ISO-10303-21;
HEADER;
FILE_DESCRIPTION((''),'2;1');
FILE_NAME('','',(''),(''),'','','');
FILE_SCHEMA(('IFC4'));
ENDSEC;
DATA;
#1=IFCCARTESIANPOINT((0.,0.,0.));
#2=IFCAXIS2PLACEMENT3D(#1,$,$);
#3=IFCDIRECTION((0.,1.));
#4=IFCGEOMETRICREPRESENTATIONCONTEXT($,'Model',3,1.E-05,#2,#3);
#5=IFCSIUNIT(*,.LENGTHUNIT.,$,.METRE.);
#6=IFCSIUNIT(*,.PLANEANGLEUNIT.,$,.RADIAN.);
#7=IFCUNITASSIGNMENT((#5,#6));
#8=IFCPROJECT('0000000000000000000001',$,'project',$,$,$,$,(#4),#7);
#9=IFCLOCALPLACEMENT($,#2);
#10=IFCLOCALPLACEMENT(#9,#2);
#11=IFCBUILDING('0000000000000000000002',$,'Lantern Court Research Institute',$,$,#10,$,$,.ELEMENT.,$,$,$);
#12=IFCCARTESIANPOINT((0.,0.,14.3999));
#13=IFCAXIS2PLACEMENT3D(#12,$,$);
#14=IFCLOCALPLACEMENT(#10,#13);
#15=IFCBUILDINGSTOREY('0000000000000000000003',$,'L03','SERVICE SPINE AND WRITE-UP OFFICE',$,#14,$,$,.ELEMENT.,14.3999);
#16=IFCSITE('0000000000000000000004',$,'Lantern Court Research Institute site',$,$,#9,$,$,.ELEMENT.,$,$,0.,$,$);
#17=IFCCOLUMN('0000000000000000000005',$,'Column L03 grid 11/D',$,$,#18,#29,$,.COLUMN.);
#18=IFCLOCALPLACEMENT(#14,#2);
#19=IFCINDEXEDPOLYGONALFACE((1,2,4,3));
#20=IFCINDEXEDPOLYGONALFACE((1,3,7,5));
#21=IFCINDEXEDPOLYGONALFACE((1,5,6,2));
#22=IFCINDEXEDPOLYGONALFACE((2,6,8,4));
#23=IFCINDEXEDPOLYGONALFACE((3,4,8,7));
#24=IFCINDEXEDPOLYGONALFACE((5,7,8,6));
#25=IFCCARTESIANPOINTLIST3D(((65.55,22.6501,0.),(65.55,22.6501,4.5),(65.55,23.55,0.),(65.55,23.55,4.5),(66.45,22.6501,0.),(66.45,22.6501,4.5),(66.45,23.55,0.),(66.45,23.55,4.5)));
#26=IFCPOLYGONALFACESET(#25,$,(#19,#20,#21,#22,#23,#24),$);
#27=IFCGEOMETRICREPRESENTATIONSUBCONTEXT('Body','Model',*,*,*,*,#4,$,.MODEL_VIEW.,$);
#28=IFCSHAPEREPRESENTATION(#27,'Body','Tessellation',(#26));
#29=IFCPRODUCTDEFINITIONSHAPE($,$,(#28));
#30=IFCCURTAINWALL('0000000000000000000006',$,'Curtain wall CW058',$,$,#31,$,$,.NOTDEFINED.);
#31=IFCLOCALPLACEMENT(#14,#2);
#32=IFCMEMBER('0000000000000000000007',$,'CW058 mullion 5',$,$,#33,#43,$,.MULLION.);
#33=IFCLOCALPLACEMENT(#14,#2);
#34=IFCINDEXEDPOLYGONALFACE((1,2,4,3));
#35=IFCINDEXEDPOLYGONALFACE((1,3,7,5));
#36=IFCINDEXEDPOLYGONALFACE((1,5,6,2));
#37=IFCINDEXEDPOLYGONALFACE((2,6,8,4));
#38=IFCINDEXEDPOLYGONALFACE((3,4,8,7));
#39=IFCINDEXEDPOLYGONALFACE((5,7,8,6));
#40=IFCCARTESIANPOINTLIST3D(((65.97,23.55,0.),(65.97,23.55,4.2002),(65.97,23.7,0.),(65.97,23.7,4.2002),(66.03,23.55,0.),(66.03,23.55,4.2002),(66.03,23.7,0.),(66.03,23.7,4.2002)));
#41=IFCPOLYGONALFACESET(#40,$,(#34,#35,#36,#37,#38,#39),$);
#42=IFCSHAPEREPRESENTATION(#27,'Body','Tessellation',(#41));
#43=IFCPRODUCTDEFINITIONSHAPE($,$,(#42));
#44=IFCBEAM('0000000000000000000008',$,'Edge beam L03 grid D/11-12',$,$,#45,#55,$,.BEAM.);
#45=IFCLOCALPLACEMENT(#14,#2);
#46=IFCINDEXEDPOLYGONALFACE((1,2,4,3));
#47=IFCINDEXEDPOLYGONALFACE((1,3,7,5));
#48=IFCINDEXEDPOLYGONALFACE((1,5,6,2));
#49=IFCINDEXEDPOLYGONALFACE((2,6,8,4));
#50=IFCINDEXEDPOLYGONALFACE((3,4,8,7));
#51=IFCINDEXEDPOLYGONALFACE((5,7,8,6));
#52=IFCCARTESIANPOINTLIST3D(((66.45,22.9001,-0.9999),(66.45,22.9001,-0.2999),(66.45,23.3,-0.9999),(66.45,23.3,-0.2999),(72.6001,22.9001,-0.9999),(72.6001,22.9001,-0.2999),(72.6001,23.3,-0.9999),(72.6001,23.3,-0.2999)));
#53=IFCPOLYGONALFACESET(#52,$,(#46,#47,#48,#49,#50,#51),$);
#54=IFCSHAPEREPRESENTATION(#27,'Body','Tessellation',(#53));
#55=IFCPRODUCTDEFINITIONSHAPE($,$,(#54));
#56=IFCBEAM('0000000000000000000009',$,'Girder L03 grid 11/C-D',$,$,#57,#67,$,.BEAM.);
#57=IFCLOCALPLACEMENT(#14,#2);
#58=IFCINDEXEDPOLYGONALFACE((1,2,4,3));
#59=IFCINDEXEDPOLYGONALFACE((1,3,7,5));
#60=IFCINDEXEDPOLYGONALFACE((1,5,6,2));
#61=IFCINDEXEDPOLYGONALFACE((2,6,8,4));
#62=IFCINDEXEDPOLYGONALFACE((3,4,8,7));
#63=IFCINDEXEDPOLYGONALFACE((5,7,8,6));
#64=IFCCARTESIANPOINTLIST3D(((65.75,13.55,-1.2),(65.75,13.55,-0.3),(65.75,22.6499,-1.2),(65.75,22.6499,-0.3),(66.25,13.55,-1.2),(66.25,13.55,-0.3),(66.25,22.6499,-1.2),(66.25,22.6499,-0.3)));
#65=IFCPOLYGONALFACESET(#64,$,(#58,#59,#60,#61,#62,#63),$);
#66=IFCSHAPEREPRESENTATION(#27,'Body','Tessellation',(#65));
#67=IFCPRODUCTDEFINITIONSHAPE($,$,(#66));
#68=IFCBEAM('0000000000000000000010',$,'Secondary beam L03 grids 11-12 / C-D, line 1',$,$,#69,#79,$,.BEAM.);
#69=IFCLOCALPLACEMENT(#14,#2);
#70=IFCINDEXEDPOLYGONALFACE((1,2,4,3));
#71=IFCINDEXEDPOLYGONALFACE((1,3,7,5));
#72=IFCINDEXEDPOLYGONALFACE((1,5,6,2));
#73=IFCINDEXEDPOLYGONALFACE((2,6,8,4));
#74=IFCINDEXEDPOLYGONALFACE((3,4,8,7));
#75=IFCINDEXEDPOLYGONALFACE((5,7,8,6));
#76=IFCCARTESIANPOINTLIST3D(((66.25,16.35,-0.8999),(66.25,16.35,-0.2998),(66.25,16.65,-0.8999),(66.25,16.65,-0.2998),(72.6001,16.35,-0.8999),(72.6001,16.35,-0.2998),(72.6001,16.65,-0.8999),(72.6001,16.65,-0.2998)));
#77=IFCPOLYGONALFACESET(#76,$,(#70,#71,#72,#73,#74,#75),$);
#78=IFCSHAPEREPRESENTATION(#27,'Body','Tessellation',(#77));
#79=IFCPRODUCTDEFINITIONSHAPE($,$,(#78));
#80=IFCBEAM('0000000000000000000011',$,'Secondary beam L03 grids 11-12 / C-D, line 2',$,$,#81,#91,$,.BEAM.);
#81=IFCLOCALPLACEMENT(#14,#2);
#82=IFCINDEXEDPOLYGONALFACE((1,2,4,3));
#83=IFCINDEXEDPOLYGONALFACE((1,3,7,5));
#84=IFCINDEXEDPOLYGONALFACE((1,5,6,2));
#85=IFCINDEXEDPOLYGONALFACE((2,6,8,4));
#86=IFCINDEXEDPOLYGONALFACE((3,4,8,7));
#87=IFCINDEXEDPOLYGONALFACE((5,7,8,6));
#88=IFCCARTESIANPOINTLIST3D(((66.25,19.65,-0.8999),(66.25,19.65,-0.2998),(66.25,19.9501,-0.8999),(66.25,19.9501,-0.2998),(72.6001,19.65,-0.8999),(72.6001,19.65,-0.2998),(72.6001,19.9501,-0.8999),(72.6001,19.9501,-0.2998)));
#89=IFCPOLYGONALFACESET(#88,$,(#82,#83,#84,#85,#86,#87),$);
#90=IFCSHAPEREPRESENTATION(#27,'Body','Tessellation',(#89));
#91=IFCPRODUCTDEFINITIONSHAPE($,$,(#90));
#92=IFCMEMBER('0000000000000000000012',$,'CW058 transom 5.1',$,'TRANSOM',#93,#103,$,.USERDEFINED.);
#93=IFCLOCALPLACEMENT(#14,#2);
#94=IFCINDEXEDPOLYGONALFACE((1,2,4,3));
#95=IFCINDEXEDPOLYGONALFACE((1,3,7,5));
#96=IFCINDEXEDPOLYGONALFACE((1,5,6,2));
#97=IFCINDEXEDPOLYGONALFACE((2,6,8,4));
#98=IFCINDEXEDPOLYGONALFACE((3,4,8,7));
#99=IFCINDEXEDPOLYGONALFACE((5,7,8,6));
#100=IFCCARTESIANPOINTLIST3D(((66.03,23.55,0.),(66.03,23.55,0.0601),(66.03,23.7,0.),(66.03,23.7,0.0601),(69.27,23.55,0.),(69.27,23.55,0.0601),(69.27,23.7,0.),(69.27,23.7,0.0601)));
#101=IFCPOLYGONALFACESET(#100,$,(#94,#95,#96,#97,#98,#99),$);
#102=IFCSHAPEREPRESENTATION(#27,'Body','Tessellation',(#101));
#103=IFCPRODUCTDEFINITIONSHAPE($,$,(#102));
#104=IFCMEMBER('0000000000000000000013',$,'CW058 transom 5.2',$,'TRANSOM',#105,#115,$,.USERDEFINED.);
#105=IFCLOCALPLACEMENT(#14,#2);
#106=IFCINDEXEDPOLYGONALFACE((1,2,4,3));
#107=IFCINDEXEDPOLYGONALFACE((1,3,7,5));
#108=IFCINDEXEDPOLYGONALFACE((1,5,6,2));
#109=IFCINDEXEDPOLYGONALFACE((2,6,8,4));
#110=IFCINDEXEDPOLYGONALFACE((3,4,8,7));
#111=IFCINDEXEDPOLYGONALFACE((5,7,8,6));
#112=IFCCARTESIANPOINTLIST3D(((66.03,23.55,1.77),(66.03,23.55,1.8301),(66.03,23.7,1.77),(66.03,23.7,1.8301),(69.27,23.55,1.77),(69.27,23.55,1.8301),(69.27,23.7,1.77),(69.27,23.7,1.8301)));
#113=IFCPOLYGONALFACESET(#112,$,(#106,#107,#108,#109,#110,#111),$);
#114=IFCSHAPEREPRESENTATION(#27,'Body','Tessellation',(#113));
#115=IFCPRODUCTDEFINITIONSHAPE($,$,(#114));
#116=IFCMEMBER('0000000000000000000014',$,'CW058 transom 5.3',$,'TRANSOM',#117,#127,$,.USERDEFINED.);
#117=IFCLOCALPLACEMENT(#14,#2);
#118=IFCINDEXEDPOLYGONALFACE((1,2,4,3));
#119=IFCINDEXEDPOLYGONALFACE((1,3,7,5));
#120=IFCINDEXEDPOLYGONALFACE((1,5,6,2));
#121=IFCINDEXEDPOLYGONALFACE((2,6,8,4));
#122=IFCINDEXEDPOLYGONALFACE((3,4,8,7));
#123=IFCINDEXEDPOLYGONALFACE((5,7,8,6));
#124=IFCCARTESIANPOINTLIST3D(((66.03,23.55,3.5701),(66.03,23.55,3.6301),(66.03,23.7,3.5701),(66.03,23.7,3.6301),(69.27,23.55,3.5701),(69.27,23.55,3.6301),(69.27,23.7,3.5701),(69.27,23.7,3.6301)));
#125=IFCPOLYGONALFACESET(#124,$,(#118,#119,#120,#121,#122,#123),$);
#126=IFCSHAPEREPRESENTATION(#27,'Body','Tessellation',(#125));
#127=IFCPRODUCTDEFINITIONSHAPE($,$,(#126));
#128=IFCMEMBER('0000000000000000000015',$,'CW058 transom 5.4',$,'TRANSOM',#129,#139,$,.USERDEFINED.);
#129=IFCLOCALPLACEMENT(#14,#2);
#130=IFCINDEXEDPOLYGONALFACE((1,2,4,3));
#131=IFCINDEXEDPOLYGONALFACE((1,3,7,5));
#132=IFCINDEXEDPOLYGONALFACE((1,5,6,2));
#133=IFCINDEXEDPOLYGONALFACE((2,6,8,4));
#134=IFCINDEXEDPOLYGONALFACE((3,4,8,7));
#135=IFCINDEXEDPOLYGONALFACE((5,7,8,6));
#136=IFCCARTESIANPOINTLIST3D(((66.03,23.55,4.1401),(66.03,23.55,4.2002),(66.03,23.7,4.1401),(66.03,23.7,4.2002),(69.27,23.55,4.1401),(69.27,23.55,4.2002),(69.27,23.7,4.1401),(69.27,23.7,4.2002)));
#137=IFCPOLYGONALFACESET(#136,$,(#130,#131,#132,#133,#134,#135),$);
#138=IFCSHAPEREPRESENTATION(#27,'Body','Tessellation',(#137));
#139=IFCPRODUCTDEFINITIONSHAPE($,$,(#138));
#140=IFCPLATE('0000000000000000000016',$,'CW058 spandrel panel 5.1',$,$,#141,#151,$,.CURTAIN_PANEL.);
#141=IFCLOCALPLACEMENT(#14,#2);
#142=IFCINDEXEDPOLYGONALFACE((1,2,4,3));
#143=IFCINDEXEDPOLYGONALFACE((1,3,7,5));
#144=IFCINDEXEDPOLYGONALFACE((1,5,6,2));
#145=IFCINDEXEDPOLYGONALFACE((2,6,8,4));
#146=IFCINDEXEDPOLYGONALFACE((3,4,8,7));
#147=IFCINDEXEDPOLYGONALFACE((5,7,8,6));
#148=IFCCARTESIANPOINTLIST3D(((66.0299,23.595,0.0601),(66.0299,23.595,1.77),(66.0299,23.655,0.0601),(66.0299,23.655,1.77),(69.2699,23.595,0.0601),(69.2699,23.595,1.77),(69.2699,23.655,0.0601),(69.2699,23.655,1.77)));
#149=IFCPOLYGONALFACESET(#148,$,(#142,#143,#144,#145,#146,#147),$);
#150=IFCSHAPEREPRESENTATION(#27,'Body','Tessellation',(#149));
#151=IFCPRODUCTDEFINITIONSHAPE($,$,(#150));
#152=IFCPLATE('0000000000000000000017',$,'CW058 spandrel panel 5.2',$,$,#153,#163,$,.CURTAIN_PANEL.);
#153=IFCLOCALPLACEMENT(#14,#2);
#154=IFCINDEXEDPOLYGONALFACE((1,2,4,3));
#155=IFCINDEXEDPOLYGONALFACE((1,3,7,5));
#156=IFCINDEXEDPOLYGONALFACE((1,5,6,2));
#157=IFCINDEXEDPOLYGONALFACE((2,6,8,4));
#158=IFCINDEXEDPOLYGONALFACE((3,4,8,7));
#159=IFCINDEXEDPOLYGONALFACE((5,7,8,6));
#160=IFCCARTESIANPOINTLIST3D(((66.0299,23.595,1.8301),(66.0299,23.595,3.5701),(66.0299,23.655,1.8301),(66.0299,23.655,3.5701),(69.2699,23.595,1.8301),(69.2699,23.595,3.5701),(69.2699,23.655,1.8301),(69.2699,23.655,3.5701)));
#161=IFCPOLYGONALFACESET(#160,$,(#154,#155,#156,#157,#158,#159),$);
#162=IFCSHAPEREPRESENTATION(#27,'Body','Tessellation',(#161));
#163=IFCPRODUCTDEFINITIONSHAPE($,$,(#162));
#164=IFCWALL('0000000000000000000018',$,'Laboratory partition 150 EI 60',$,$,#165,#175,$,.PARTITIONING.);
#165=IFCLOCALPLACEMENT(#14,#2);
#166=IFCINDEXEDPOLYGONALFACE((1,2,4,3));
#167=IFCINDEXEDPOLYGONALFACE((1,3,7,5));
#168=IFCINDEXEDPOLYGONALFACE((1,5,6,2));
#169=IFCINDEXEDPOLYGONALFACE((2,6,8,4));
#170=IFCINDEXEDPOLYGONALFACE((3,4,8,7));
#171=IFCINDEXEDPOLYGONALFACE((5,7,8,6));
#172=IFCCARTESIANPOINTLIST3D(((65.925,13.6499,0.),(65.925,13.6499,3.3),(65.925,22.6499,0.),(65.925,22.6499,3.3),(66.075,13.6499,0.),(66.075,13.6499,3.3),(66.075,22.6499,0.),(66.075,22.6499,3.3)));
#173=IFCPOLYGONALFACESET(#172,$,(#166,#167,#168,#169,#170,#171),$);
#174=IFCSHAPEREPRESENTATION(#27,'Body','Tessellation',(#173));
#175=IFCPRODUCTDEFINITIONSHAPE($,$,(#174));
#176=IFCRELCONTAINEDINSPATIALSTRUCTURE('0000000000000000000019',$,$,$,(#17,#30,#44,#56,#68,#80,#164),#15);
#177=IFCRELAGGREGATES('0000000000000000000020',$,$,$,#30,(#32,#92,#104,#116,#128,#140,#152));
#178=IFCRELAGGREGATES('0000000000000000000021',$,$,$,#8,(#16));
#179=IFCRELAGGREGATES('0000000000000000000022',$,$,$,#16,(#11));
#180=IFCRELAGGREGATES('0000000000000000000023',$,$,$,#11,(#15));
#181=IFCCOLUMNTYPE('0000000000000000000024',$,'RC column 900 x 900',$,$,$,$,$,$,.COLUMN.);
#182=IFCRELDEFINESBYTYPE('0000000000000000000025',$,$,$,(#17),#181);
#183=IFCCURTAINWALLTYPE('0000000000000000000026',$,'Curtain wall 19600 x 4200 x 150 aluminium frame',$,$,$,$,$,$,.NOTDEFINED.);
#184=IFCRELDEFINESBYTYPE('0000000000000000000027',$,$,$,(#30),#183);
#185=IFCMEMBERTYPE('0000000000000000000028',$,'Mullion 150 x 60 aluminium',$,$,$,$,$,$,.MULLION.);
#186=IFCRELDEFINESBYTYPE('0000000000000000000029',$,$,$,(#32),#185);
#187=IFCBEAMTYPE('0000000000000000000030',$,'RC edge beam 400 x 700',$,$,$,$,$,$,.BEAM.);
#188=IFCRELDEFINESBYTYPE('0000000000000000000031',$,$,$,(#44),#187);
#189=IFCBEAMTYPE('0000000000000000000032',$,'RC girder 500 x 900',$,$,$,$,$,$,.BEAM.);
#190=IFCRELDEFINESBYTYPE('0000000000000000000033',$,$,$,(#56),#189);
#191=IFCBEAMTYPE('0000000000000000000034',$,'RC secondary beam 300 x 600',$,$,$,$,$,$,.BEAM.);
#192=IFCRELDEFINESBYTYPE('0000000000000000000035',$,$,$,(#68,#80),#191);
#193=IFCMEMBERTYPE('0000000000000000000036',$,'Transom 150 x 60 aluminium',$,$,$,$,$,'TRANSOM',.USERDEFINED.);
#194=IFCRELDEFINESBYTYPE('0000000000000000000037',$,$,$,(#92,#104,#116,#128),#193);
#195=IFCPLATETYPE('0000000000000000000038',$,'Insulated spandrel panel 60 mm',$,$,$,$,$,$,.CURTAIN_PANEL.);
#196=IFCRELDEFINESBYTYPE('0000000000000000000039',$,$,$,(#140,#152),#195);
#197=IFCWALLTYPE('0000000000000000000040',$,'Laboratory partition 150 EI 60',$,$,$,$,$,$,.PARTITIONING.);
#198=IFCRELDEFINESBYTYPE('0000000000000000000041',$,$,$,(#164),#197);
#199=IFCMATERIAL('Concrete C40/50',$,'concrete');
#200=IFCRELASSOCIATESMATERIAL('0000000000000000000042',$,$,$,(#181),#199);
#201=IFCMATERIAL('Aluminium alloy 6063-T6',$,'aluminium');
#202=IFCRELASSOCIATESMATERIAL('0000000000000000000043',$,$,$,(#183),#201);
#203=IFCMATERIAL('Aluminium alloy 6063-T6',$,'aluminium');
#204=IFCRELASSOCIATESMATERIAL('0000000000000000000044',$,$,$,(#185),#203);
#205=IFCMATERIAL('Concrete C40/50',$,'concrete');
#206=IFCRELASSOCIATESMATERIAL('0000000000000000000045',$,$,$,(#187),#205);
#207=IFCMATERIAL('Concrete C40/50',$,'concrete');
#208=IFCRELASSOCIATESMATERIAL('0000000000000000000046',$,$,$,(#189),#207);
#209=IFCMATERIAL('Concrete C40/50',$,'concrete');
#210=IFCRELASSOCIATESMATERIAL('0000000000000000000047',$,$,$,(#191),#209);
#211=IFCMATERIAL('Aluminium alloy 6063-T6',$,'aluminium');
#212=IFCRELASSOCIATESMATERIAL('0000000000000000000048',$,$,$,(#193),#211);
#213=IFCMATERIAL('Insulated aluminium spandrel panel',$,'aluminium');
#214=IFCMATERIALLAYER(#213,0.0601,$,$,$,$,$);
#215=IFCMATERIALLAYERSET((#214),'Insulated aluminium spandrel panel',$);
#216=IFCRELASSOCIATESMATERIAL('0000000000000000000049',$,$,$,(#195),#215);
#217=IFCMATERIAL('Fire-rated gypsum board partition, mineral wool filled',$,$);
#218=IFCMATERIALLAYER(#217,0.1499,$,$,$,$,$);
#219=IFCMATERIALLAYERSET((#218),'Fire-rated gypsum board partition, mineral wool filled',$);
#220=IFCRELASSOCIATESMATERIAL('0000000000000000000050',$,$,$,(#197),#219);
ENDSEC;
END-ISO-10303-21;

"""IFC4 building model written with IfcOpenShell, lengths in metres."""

from ifc_helpers import new_model, si_unit, direction, frame, frame_2d, origin, origin_2d, place, context, subcontext, project, spatial, rectangle, extrude, material, layer, layer_set, material_profile, profile_set, type_object, element, aggregate, save


model = new_model("IFC4")

# Units and contexts
model_context = context("Model", 3, precision=1e-05, world=origin(), true_north=direction((0.0, 1.0)))
body_context = subcontext(model_context, "Body", "Model", "MODEL_VIEW")
ifc_project = project(units=[si_unit("LENGTHUNIT", "METRE"), si_unit("PLANEANGLEUNIT", "RADIAN")], contexts=[model_context])

# Site, building, storey
site_placement = place(None, origin())
site = spatial("IfcSite", under=ifc_project, at=site_placement, Name="Lantern Court Research Institute site", CompositionType="ELEMENT", RefElevation=0.0)
building_placement = place(site_placement, origin())
building = spatial("IfcBuilding", under=site, at=building_placement, Name="Lantern Court Research Institute", CompositionType="ELEMENT")
storey_placement = place(building_placement, frame((0.0, 0.0, 14.3999)))
storey = spatial("IfcBuildingStorey", under=building, at=storey_placement, Name="L03", Description="SERVICE SPINE AND WRITE-UP OFFICE", CompositionType="ELEMENT", Elevation=14.3999)

# Column
ifc_material_1 = material(Name="Concrete C40/50", Category="concrete")
ifc_material_profile_1 = material_profile(ifc_material_1, rectangle(XDim=0.8999, YDim=0.8999, at=origin_2d()), Name="RC column 900 x 900")
ifc_profile_set_1 = profile_set([ifc_material_profile_1], Name="Concrete C40/50")
column_type = type_object("IfcColumnType", Name="RC column 900 x 900", PredefinedType="COLUMN", material=ifc_profile_set_1)
column_placement = place(storey_placement, frame((66.0, 23.1001, 0.0), z_axis=(0.0, 0.0, 1.0), x_axis=(1.0, 0.0, 0.0)))
element("IfcColumn", 1, at=column_placement, inside=storey, type_object=column_type, Name="Column L03 grid 11/D", PredefinedType="COLUMN", context=body_context, shape_type="SweptSolid", body=[
    extrude(rectangle(XDim=0.8999, YDim=0.8999, at=origin_2d()), origin(), (0.0, 0.0, 1.0), 4.5),
])

# Curtain wall, member
ifc_material_2 = material(Name="Aluminium alloy 6063-T6", Category="aluminium")
curtain_wall_type = type_object("IfcCurtainWallType", Name="Curtain wall 19600 x 4200 x 150 aluminium frame", PredefinedType="NOTDEFINED", material=ifc_material_2)
curtain_wall_placement = place(storey_placement, origin())
curtain_wall = element("IfcCurtainWall", 2, at=curtain_wall_placement, inside=storey, type_object=curtain_wall_type, Name="Curtain wall CW058", PredefinedType="NOTDEFINED")
ifc_material_3 = material(Name="Aluminium alloy 6063-T6", Category="aluminium")
ifc_material_profile_2 = material_profile(ifc_material_3, rectangle(XDim=0.1499, YDim=0.0601, at=origin_2d()), Name="Mullion 150 x 60")
ifc_profile_set_2 = profile_set([ifc_material_profile_2], Name="Aluminium alloy 6063-T6")
member_type_1 = type_object("IfcMemberType", Name="Mullion 150 x 60 aluminium", PredefinedType="MULLION", material=ifc_profile_set_2)
member_1_placement = place(storey_placement, frame((66.0, 23.625, 0.0), z_axis=(0.0, 0.0, 1.0), x_axis=(0.0, 1.0, 0.0)))
member_1 = element("IfcMember", 3, at=member_1_placement, type_object=member_type_1, Name="CW058 mullion 5", PredefinedType="MULLION", context=body_context, shape_type="SweptSolid", body=[
    extrude(rectangle(XDim=0.1499, YDim=0.0601, at=origin_2d()), origin(), (0.0, 0.0, 1.0), 4.2002),
])

# Beams
ifc_material_4 = material(Name="Concrete C40/50", Category="concrete")
ifc_material_profile_3 = material_profile(ifc_material_4, rectangle(XDim=0.3999, YDim=0.7, at=origin_2d()), Name="RC beam 400 x 700")
ifc_profile_set_3 = profile_set([ifc_material_profile_3], Name="Concrete C40/50")
beam_type_1 = type_object("IfcBeamType", Name="RC edge beam 400 x 700", PredefinedType="BEAM", material=ifc_profile_set_3)
beam_1_placement = place(storey_placement, frame((66.45, 23.1001, -0.6499), z_axis=(1.0, 0.0, 0.0), x_axis=(0.0, 1.0, 0.0)))
element("IfcBeam", 4, at=beam_1_placement, inside=storey, type_object=beam_type_1, Name="Edge beam L03 grid D/11-12", PredefinedType="BEAM", context=body_context, shape_type="SweptSolid", body=[
    extrude(rectangle(XDim=0.3999, YDim=0.7, at=origin_2d()), origin(), (0.0, 0.0, 1.0), 6.1501),
])
ifc_material_5 = material(Name="Concrete C40/50", Category="concrete")
ifc_material_profile_4 = material_profile(ifc_material_5, rectangle(XDim=0.5, YDim=0.8999, at=origin_2d()), Name="RC beam 500 x 900")
ifc_profile_set_4 = profile_set([ifc_material_profile_4], Name="Concrete C40/50")
beam_type_2 = type_object("IfcBeamType", Name="RC girder 500 x 900", PredefinedType="BEAM", material=ifc_profile_set_4)
beam_2_placement = place(storey_placement, frame((66.0, 13.55, -0.75), z_axis=(0.0, 1.0, 0.0), x_axis=(-1.0, 0.0, 0.0)))
element("IfcBeam", 5, at=beam_2_placement, inside=storey, type_object=beam_type_2, Name="Girder L03 grid 11/C-D", PredefinedType="BEAM", context=body_context, shape_type="SweptSolid", body=[
    extrude(rectangle(XDim=0.5, YDim=0.8999, at=origin_2d()), origin(), (0.0, 0.0, 1.0), 9.0999),
])
ifc_material_6 = material(Name="Concrete C40/50", Category="concrete")
ifc_material_profile_5 = material_profile(ifc_material_6, rectangle(XDim=0.3, YDim=0.6001, at=origin_2d()), Name="RC beam 300 x 600")
ifc_profile_set_5 = profile_set([ifc_material_profile_5], Name="Concrete C40/50")
beam_type_3 = type_object("IfcBeamType", Name="RC secondary beam 300 x 600", PredefinedType="BEAM", material=ifc_profile_set_5)
for number, where, z_axis, x_axis, name in (
    (6, (66.25, 16.5, -0.5999), (1.0, 0.0, 0.0), (0.0, 1.0, 0.0), "Secondary beam L03 grids 11-12 / C-D, line 1"),
    (7, (66.25, 19.8, -0.5999), (1.0, 0.0, 0.0), (0.0, 1.0, 0.0), "Secondary beam L03 grids 11-12 / C-D, line 2"),
):
    element("IfcBeam", number, at=place(storey_placement, frame(where, z_axis=z_axis, x_axis=x_axis)), inside=storey, type_object=beam_type_3, Name=name, PredefinedType="BEAM", context=body_context, shape_type="SweptSolid", body=[
        extrude(rectangle(XDim=0.3, YDim=0.6001, at=origin_2d()), origin(), (0.0, 0.0, 1.0), 6.3501),
    ])

# Members
ifc_material_7 = material(Name="Aluminium alloy 6063-T6", Category="aluminium")
ifc_material_profile_6 = material_profile(ifc_material_7, rectangle(XDim=0.1499, YDim=0.0601, at=origin_2d()), Name="Transom 150 x 60")
ifc_profile_set_6 = profile_set([ifc_material_profile_6], Name="Aluminium alloy 6063-T6")
member_type_2 = type_object("IfcMemberType", Name="Transom 150 x 60 aluminium", ElementType="TRANSOM", PredefinedType="USERDEFINED", material=ifc_profile_set_6)
member_2_placement = place(storey_placement, frame((66.03, 23.625, 0.03), z_axis=(1.0, 0.0, 0.0), x_axis=(0.0, 1.0, 0.0)))
member_2 = element("IfcMember", 8, at=member_2_placement, type_object=member_type_2, Name="CW058 transom 5.1", ObjectType="TRANSOM", PredefinedType="USERDEFINED", context=body_context, shape_type="SweptSolid", body=[
    extrude(rectangle(XDim=0.1499, YDim=0.0601, at=origin_2d()), origin(), (0.0, 0.0, 1.0), 3.24),
])
member_3_placement = place(storey_placement, frame((66.03, 23.625, 1.8), z_axis=(1.0, 0.0, 0.0), x_axis=(0.0, 1.0, 0.0)))
member_3 = element("IfcMember", 9, at=member_3_placement, type_object=member_type_2, Name="CW058 transom 5.2", ObjectType="TRANSOM", PredefinedType="USERDEFINED", context=body_context, shape_type="SweptSolid", body=[
    extrude(rectangle(XDim=0.1499, YDim=0.0601, at=origin_2d()), origin(), (0.0, 0.0, 1.0), 3.24),
])
member_4_placement = place(storey_placement, frame((66.03, 23.625, 3.6001), z_axis=(1.0, 0.0, 0.0), x_axis=(0.0, 1.0, 0.0)))
member_4 = element("IfcMember", 10, at=member_4_placement, type_object=member_type_2, Name="CW058 transom 5.3", ObjectType="TRANSOM", PredefinedType="USERDEFINED", context=body_context, shape_type="SweptSolid", body=[
    extrude(rectangle(XDim=0.1499, YDim=0.0601, at=origin_2d()), origin(), (0.0, 0.0, 1.0), 3.24),
])
member_5_placement = place(storey_placement, frame((66.03, 23.625, 4.1702), z_axis=(1.0, 0.0, 0.0), x_axis=(0.0, 1.0, 0.0)))
member_5 = element("IfcMember", 11, at=member_5_placement, type_object=member_type_2, Name="CW058 transom 5.4", ObjectType="TRANSOM", PredefinedType="USERDEFINED", context=body_context, shape_type="SweptSolid", body=[
    extrude(rectangle(XDim=0.1499, YDim=0.0601, at=origin_2d()), origin(), (0.0, 0.0, 1.0), 3.24),
])

# Plates
ifc_material_8 = material(Name="Insulated aluminium spandrel panel", Category="aluminium")
ifc_layer_1 = layer(ifc_material_8, 0.0601)
ifc_layer_set_1 = layer_set([ifc_layer_1], Name="Insulated aluminium spandrel panel")
plate_type = type_object("IfcPlateType", Name="Insulated spandrel panel 60 mm", PredefinedType="CURTAIN_PANEL", material=ifc_layer_set_1)
plate_1_placement = place(storey_placement, frame((67.6499, 23.625, 0.0601), z_axis=(0.0, 0.0, 1.0), x_axis=(1.0, 0.0, 0.0)))
plate_1 = element("IfcPlate", 12, at=plate_1_placement, type_object=plate_type, Name="CW058 spandrel panel 5.1", PredefinedType="CURTAIN_PANEL", context=body_context, shape_type="SweptSolid", body=[
    extrude(rectangle(XDim=3.24, YDim=0.0601, at=origin_2d()), origin(), (0.0, 0.0, 1.0), 1.71),
])
plate_2_placement = place(storey_placement, frame((67.6499, 23.625, 1.8301), z_axis=(0.0, 0.0, 1.0), x_axis=(1.0, 0.0, 0.0)))
plate_2 = element("IfcPlate", 13, at=plate_2_placement, type_object=plate_type, Name="CW058 spandrel panel 5.2", PredefinedType="CURTAIN_PANEL", context=body_context, shape_type="SweptSolid", body=[
    extrude(rectangle(XDim=3.24, YDim=0.0601, at=origin_2d()), origin(), (0.0, 0.0, 1.0), 1.74),
])
aggregate(curtain_wall, [member_1, member_2, member_3, member_4, member_5, plate_1, plate_2])

# Wall
ifc_material_9 = material(Name="Fire-rated gypsum board partition, mineral wool filled")
ifc_layer_2 = layer(ifc_material_9, 0.1499)
ifc_layer_set_2 = layer_set([ifc_layer_2], Name="Fire-rated gypsum board partition, mineral wool filled")
wall_type_1 = type_object("IfcWallType", Name="Laboratory partition 150 EI 60", PredefinedType="PARTITIONING", material=ifc_layer_set_2)
wall_1_placement = place(storey_placement, frame((66.0, 13.6499, 0.0), z_axis=(0.0, 0.0, 1.0), x_axis=(0.0, 1.0, 0.0)))
element("IfcWall", 14, at=wall_1_placement, inside=storey, type_object=wall_type_1, Name="Laboratory partition 150 EI 60", PredefinedType="PARTITIONING", context=body_context, shape_type="SweptSolid", body=[
    extrude(rectangle(XDim=9.0, YDim=0.1499, at=frame_2d((4.5, 0.0))), origin(), (0.0, 0.0, 1.0), 3.3),
])

save(model, "model.ifc")
